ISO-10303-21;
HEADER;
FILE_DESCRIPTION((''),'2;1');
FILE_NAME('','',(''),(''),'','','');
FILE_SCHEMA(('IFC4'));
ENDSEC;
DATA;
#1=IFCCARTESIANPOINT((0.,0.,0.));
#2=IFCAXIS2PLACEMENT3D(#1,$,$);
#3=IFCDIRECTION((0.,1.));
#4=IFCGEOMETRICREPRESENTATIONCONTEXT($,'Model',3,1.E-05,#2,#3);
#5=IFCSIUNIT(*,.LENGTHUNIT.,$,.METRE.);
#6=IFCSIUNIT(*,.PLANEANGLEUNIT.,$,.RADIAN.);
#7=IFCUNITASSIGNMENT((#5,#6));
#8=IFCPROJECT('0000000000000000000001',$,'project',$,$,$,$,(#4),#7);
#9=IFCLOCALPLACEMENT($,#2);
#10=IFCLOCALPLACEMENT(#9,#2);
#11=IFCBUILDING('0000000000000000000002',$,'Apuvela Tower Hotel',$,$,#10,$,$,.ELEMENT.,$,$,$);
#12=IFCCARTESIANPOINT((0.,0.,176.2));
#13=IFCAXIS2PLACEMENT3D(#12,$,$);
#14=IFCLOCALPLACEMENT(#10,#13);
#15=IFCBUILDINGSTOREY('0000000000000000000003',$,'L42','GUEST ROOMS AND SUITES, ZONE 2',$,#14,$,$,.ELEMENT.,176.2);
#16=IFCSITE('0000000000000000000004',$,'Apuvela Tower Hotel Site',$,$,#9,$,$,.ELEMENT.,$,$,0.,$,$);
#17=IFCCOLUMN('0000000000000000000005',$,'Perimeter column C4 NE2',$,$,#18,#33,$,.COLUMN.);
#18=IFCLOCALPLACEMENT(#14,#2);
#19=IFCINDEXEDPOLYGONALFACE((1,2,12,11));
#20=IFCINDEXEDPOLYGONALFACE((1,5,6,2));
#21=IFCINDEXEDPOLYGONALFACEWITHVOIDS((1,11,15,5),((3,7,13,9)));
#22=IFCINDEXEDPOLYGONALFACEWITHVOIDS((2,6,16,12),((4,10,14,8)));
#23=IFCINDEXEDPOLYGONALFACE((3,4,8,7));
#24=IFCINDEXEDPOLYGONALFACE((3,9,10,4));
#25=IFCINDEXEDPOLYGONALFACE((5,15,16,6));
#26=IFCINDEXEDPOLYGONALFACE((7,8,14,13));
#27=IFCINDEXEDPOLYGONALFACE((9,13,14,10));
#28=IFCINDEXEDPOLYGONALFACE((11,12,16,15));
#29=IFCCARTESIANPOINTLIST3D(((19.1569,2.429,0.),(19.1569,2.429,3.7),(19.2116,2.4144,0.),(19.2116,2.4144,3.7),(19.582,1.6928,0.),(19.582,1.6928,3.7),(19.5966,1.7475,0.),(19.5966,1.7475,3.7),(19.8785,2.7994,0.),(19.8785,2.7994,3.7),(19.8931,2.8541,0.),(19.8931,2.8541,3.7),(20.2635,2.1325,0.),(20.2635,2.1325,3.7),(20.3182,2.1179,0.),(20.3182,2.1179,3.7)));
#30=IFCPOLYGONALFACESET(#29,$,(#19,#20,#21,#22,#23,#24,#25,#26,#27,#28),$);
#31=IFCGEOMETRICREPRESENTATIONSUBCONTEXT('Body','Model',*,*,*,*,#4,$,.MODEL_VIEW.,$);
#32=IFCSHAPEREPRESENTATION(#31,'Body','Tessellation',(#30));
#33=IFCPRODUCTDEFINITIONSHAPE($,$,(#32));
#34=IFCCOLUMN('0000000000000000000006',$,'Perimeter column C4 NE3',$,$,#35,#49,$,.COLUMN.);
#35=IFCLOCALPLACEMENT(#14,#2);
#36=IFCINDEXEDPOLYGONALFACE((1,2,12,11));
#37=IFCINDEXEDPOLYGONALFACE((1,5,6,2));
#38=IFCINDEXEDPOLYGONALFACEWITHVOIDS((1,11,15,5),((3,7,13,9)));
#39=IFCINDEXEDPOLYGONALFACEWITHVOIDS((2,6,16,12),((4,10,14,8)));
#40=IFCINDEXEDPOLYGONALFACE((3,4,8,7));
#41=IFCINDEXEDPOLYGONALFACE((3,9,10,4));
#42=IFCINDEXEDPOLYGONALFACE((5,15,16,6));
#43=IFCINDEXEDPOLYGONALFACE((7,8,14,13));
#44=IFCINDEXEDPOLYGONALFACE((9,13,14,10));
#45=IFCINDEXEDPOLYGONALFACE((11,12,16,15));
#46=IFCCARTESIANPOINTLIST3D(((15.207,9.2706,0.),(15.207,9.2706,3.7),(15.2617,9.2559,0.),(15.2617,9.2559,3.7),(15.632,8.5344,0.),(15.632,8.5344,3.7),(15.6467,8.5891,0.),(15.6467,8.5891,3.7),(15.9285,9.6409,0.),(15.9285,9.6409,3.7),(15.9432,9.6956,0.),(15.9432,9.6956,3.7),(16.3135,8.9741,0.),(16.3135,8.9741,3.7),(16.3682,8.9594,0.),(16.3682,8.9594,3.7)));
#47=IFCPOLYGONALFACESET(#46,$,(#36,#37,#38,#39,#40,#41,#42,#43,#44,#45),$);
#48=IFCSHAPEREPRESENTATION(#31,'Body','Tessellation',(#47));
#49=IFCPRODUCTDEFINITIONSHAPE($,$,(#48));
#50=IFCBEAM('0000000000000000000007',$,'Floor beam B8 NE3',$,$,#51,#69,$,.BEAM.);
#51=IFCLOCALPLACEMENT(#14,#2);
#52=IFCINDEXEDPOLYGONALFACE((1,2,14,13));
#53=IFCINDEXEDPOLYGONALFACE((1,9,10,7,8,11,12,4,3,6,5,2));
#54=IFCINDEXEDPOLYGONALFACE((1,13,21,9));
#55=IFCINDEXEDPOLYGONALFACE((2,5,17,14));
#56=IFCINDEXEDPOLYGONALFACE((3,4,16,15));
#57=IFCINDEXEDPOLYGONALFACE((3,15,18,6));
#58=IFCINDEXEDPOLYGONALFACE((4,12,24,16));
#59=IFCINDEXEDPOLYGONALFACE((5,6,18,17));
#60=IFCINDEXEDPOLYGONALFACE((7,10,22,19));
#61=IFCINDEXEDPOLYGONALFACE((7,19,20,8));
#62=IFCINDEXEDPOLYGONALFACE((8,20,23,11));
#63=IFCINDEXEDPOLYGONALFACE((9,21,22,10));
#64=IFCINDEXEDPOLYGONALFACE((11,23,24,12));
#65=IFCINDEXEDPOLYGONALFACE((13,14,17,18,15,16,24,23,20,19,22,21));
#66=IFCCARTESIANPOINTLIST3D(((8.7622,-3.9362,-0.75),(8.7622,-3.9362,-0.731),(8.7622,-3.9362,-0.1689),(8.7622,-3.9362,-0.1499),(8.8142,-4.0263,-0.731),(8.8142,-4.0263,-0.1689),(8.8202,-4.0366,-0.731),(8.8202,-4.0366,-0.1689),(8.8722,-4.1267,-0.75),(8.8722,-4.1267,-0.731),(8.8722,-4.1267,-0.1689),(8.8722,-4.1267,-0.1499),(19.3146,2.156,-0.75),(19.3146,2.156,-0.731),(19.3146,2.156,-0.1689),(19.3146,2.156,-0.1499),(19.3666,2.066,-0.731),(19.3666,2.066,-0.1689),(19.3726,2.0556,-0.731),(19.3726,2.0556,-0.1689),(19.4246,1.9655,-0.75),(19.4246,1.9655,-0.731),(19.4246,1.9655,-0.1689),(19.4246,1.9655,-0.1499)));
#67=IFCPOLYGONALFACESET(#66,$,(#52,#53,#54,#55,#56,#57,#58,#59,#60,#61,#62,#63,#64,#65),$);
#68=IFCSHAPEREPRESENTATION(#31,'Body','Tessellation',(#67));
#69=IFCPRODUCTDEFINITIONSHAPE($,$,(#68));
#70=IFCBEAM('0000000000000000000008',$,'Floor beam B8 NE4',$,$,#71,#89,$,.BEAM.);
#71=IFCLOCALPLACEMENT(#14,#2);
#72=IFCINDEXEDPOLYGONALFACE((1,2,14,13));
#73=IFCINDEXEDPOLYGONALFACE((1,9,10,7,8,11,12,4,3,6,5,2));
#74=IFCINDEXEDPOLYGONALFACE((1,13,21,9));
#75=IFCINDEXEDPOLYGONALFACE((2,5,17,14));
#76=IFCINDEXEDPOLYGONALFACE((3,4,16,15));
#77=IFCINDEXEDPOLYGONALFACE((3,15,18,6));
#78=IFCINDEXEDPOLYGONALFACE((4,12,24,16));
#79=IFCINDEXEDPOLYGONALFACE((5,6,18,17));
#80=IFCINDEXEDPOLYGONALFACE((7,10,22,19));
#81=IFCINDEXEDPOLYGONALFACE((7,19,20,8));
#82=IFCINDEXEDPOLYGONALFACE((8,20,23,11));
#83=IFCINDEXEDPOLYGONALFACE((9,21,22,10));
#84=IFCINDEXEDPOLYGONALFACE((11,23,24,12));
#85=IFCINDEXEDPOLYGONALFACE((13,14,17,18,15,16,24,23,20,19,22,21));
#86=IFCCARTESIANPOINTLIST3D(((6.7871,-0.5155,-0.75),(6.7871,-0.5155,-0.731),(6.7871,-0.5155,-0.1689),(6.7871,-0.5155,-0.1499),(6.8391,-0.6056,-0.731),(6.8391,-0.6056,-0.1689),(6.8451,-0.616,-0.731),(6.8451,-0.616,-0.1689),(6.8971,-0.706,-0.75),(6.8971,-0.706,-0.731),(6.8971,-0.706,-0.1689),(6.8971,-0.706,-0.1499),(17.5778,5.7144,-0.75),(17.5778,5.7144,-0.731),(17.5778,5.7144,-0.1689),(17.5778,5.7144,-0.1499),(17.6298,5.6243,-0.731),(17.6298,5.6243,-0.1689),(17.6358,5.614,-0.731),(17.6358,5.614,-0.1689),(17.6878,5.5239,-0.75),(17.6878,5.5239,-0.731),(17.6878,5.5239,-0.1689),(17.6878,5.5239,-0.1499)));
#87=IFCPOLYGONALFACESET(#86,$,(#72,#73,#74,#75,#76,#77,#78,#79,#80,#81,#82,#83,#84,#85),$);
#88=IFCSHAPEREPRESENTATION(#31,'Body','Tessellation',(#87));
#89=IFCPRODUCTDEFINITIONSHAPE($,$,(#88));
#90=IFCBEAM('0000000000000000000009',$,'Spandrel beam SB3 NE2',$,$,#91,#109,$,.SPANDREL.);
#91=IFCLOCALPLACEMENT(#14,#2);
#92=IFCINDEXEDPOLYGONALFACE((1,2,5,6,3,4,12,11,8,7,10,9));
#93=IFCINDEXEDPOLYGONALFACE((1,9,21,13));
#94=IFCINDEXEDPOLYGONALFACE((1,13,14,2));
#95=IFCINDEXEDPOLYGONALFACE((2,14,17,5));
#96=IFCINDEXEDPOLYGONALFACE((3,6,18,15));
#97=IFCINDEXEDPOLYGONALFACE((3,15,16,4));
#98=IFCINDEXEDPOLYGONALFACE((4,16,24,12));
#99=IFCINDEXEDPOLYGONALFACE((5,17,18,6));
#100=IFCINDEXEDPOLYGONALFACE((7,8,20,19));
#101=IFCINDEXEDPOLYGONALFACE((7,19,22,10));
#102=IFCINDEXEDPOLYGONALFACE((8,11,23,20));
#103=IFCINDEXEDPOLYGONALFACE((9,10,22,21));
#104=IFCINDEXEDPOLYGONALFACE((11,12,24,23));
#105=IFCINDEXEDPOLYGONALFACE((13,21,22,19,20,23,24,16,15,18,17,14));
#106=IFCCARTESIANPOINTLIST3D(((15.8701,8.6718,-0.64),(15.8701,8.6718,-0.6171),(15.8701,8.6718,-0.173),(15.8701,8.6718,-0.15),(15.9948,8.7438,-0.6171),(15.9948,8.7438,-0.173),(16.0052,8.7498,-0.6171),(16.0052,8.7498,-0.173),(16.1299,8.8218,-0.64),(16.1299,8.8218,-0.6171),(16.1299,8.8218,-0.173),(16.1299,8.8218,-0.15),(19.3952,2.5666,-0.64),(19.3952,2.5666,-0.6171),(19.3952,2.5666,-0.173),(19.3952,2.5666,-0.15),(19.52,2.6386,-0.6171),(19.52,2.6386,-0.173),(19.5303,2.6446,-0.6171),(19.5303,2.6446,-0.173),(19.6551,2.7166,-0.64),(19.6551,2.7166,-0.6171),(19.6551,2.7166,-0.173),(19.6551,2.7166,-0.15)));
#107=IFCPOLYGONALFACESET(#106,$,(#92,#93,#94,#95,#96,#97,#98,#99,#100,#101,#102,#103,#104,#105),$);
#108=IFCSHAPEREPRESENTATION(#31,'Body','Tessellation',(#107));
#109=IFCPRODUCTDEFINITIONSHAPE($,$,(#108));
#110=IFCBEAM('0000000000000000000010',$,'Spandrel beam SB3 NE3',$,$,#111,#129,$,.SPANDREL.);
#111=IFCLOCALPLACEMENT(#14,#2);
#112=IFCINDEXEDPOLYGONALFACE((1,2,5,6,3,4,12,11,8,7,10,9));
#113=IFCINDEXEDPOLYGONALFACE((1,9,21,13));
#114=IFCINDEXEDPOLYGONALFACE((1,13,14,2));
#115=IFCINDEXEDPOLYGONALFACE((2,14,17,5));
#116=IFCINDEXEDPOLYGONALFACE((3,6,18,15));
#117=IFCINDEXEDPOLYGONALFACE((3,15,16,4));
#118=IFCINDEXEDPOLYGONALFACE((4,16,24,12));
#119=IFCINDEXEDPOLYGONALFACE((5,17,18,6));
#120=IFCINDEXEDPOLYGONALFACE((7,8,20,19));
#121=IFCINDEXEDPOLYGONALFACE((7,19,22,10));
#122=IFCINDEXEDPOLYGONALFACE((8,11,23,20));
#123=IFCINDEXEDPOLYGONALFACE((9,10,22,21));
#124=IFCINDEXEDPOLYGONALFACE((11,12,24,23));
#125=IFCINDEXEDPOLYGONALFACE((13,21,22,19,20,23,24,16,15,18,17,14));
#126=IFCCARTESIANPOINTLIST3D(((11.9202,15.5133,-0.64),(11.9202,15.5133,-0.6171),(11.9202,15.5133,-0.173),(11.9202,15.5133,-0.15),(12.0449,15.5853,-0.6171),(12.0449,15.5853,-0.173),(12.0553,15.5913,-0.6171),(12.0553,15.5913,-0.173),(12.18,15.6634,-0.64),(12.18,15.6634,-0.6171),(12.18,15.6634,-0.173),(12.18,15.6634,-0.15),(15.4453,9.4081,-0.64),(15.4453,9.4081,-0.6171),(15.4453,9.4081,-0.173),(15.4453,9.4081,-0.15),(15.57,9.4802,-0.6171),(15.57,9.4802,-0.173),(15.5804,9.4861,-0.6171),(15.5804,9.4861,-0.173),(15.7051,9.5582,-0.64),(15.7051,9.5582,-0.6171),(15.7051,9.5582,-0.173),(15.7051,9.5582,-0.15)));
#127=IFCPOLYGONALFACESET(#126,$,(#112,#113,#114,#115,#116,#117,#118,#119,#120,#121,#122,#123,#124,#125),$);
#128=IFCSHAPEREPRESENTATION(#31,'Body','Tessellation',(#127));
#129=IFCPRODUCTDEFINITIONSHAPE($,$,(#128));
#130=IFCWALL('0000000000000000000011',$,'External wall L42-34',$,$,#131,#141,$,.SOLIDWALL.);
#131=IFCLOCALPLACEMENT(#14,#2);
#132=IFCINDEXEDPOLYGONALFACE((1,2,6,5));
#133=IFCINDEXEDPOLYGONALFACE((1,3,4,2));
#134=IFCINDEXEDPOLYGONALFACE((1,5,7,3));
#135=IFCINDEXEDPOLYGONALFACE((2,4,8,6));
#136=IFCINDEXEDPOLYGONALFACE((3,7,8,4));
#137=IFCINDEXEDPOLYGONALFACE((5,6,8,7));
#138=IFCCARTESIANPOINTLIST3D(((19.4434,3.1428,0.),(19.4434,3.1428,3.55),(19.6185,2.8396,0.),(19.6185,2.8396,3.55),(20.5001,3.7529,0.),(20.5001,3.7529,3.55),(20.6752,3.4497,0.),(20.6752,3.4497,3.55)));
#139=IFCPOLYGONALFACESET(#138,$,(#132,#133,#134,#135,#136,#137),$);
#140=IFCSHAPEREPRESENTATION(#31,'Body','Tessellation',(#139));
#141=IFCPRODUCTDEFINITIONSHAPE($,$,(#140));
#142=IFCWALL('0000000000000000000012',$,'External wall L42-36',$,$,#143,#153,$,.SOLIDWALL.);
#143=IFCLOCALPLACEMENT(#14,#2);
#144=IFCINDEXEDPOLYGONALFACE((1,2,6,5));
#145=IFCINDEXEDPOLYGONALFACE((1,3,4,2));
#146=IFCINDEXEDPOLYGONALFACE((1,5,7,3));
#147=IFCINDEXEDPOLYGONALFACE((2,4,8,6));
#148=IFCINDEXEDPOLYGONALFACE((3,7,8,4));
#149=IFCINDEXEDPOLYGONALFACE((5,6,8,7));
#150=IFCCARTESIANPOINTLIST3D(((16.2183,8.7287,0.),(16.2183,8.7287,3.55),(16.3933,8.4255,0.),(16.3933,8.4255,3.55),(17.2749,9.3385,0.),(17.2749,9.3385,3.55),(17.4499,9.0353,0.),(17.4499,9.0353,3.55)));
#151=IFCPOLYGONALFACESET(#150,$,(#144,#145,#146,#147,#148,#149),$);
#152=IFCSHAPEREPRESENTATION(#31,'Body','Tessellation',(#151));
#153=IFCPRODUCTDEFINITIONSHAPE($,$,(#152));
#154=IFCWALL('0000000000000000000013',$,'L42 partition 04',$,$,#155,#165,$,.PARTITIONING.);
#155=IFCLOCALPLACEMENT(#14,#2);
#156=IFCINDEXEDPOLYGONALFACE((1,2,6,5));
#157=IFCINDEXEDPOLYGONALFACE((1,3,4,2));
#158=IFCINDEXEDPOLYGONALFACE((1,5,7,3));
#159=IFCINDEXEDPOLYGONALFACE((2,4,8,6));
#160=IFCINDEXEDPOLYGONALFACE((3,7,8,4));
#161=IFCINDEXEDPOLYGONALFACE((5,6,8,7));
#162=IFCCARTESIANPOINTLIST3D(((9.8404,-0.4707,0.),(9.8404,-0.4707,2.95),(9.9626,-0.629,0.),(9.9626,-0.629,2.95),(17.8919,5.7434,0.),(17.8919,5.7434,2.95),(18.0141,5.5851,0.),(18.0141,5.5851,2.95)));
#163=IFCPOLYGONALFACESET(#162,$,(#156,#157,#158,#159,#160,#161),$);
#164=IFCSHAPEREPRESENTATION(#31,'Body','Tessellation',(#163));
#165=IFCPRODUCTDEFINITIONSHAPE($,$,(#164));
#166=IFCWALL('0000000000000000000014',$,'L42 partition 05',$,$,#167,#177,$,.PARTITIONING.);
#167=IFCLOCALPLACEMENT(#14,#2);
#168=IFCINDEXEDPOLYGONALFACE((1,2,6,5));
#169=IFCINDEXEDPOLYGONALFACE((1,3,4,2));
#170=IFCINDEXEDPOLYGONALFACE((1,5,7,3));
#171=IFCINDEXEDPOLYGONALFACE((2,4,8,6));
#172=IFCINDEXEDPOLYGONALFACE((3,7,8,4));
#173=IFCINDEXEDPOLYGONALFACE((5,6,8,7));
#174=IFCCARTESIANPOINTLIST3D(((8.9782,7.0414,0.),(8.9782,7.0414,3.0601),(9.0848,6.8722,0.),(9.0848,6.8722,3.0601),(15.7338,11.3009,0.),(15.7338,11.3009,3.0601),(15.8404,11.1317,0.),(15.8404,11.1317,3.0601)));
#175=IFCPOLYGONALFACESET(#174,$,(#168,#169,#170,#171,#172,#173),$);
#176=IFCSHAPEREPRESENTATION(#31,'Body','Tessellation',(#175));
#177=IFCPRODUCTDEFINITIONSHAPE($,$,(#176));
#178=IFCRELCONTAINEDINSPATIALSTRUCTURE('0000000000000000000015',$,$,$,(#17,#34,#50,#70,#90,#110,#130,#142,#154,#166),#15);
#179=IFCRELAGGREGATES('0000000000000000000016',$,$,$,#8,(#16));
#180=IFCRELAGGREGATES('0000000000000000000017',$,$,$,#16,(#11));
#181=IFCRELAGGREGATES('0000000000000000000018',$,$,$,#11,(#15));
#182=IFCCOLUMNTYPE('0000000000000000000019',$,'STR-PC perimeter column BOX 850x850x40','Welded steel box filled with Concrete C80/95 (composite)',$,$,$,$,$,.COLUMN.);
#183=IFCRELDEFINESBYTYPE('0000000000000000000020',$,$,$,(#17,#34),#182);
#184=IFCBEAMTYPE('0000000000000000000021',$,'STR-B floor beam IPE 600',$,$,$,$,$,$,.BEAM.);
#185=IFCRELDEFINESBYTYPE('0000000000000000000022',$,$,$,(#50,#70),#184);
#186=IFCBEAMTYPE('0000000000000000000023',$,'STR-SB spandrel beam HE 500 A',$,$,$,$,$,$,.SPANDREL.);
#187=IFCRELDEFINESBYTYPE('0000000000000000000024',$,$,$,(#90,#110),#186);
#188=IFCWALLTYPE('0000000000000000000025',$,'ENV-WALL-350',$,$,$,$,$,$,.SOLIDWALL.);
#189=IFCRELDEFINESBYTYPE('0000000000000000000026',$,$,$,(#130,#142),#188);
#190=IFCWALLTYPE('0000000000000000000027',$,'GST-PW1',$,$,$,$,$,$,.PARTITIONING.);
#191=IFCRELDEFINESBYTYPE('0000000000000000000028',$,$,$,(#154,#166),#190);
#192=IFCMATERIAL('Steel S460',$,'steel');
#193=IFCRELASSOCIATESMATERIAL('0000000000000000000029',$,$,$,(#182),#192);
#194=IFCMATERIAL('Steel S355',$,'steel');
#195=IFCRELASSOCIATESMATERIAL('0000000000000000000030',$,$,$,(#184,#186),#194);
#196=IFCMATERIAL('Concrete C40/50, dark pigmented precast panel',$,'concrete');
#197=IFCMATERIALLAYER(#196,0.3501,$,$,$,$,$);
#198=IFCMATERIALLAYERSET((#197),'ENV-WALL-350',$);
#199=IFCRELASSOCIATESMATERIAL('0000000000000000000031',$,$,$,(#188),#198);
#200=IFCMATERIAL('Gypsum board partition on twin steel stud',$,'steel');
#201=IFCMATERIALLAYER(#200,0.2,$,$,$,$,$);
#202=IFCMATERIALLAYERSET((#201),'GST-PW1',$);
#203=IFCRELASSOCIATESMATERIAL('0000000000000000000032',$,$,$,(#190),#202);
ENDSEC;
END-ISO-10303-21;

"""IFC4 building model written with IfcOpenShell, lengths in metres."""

from ifc_helpers import new_model, si_unit, direction, frame, frame_2d, origin, origin_2d, place, context, subcontext, project, spatial, rectangle, hollow_rectangle, i_section, extrude, material, layer, layer_set, material_profile, profile_set, type_object, element, save


model = new_model("IFC4")

# Units and contexts
model_context = context("Model", 3, precision=1e-05, world=origin(), true_north=direction((0.0, 1.0)))
body_context = subcontext(model_context, "Body", "Model", "MODEL_VIEW")
ifc_project = project(units=[si_unit("LENGTHUNIT", "METRE"), si_unit("PLANEANGLEUNIT", "RADIAN")], contexts=[model_context])

# Site, building, storey
site_placement = place(None, origin())
site = spatial("IfcSite", under=ifc_project, at=site_placement, Name="Apuvela Tower Hotel Site", CompositionType="ELEMENT", RefElevation=0.0)
building_placement = place(site_placement, origin())
building = spatial("IfcBuilding", under=site, at=building_placement, Name="Apuvela Tower Hotel", CompositionType="ELEMENT")
storey_placement = place(building_placement, frame((0.0, 0.0, 176.2)))
storey = spatial("IfcBuildingStorey", under=building, at=storey_placement, Name="L42", Description="GUEST ROOMS AND SUITES, ZONE 2", CompositionType="ELEMENT", Elevation=176.2)

# Columns
ifc_material_1 = material(Name="Steel S460", Category="steel")
ifc_material_profile_1 = material_profile(ifc_material_1, hollow_rectangle(XDim=0.8501, YDim=0.8501, WallThickness=0.04, at=origin_2d()), Name="BOX 850x850x40")
ifc_material_2 = material(Name="Concrete C80/95", Category="concrete")
ifc_material_profile_2 = material_profile(ifc_material_2, rectangle(XDim=0.77, YDim=0.77, at=origin_2d()), Name="Concrete C80/95 infill")
ifc_profile_set_1 = profile_set([ifc_material_profile_1, ifc_material_profile_2], Name="Steel S460")
column_type = type_object("IfcColumnType", Name="STR-PC perimeter column BOX 850x850x40", Description="Welded steel box filled with Concrete C80/95 (composite)", PredefinedType="COLUMN", material=ifc_profile_set_1)
for number, where, z_axis, x_axis, name in (
    (1, (19.7375, 2.2734, 0.0), (0.0, 0.0, 1.0), (-0.5, 0.866025, 0.0), "Perimeter column C4 NE2"),
    (2, (15.7876, 9.115, 0.0), (0.0, 0.0, 1.0), (-0.5, 0.866025, 0.0), "Perimeter column C4 NE3"),
):
    element("IfcColumn", number, at=place(storey_placement, frame(where, z_axis=z_axis, x_axis=x_axis)), inside=storey, type_object=column_type, Name=name, PredefinedType="COLUMN", context=body_context, shape_type="SweptSolid", body=[
        extrude(hollow_rectangle(XDim=0.8501, YDim=0.8501, WallThickness=0.04, at=origin_2d()), origin(), (0.0, 0.0, 1.0), 3.7),
    ])

# Beams
ifc_material_3 = material(Name="Steel S355", Category="steel")
ifc_material_profile_3 = material_profile(ifc_material_3, i_section(OverallWidth=0.22, OverallDepth=0.6001, WebThickness=0.012, FlangeThickness=0.019, at=origin_2d()), Name="IPE 600")
ifc_profile_set_2 = profile_set([ifc_material_profile_3], Name="Steel S355")
beam_type_1 = type_object("IfcBeamType", Name="STR-B floor beam IPE 600", PredefinedType="BEAM", material=ifc_profile_set_2)
beam_1_placement = place(storey_placement, frame((19.3696, 2.0608, -0.45), z_axis=(-0.866032, -0.499988, 0.0), x_axis=(0.499988, -0.866032, 0.0)))
element("IfcBeam", 3, at=beam_1_placement, inside=storey, type_object=beam_type_1, Name="Floor beam B8 NE3", PredefinedType="BEAM", context=body_context, shape_type="SweptSolid", body=[
    extrude(i_section(OverallWidth=0.22, OverallDepth=0.6001, WebThickness=0.012, FlangeThickness=0.019, at=origin_2d()), origin(), (0.0, 0.0, 1.0), 12.1848),
])
beam_2_placement = place(storey_placement, frame((17.6328, 5.6191, -0.45), z_axis=(-0.866028, -0.499996, 0.0), x_axis=(0.499996, -0.866028, 0.0)))
element("IfcBeam", 4, at=beam_2_placement, inside=storey, type_object=beam_type_1, Name="Floor beam B8 NE4", PredefinedType="BEAM", context=body_context, shape_type="SweptSolid", body=[
    extrude(i_section(OverallWidth=0.22, OverallDepth=0.6001, WebThickness=0.012, FlangeThickness=0.019, at=origin_2d()), origin(), (0.0, 0.0, 1.0), 12.46),
])
ifc_material_profile_4 = material_profile(ifc_material_3, i_section(OverallWidth=0.3, OverallDepth=0.49, WebThickness=0.012, FlangeThickness=0.0229, at=origin_2d()), Name="HE 500 A")
ifc_profile_set_3 = profile_set([ifc_material_profile_4], Name="Steel S355")
beam_type_2 = type_object("IfcBeamType", Name="STR-SB spandrel beam HE 500 A", PredefinedType="SPANDREL", material=ifc_profile_set_3)
for number, where, z_axis, x_axis, name in (
    (5, (19.5251, 2.6416, -0.395), (-0.500031, 0.866007, 0.0), (-0.866007, -0.500031, 0.0), "Spandrel beam SB3 NE2"),
    (6, (15.5752, 9.4832, -0.395), (-0.500031, 0.866007, 0.0), (-0.866007, -0.500031, 0.0), "Spandrel beam SB3 NE3"),
):
    element("IfcBeam", number, at=place(storey_placement, frame(where, z_axis=z_axis, x_axis=x_axis)), inside=storey, type_object=beam_type_2, Name=name, PredefinedType="SPANDREL", context=body_context, shape_type="SweptSolid", body=[
        extrude(i_section(OverallWidth=0.3, OverallDepth=0.49, WebThickness=0.012, FlangeThickness=0.0229, at=origin_2d()), origin(), (0.0, 0.0, 1.0), 7.0498),
    ])

# Wall
ifc_material_4 = material(Name="Concrete C40/50, dark pigmented precast panel", Category="concrete")
ifc_layer_1 = layer(ifc_material_4, 0.3501)
ifc_layer_set_1 = layer_set([ifc_layer_1], Name="ENV-WALL-350")
wall_type_1 = type_object("IfcWallType", Name="ENV-WALL-350", PredefinedType="SOLIDWALL", material=ifc_layer_set_1)
wall_1_placement = place(storey_placement, frame((20.5876, 3.6013, 0.0), z_axis=(0.0, 0.0, 1.0), x_axis=(-0.866006, -0.500034, 0.0)))
element("IfcWall", 7, at=wall_1_placement, inside=storey, type_object=wall_type_1, Name="External wall L42-34", PredefinedType="SOLIDWALL", context=body_context, shape_type="SweptSolid", body=[
    extrude(rectangle(XDim=1.2202, YDim=0.3501, at=frame_2d((0.6101, 0.0))), origin(), (0.0, 0.0, 1.0), 3.55),
])

# Wall
wall_2_placement = place(storey_placement, frame((16.3059, 8.5771, 0.0), z_axis=(0.0, 0.0, 1.0), x_axis=(0.866092, 0.499884, 0.0)))
element("IfcWall", 8, at=wall_2_placement, inside=storey, type_object=wall_type_1, Name="External wall L42-36", PredefinedType="SOLIDWALL", context=body_context, shape_type="SweptSolid", body=[
    extrude(rectangle(XDim=1.22, YDim=0.3501, at=frame_2d((0.6099, 0.0))), origin(), (0.0, 0.0, 1.0), 3.55),
])

# Walls
ifc_material_5 = material(Name="Gypsum board partition on twin steel stud", Category="steel")
ifc_layer_2 = layer(ifc_material_5, 0.2)
ifc_layer_set_2 = layer_set([ifc_layer_2], Name="GST-PW1")
wall_type_2 = type_object("IfcWallType", Name="GST-PW1", PredefinedType="PARTITIONING", material=ifc_layer_set_2)
wall_3_placement = place(storey_placement, frame((17.9531, 5.6643, 0.0), z_axis=(0.0, 0.0, 1.0), x_axis=(-0.791642, -0.610985, 0.0)))
element("IfcWall", 9, at=wall_3_placement, inside=storey, type_object=wall_type_2, Name="L42 partition 04", PredefinedType="PARTITIONING", context=body_context, shape_type="SweptSolid", body=[
    extrude(rectangle(XDim=10.1707, YDim=0.2, at=frame_2d((5.0854, 0.0))), origin(), (0.0, 0.0, 1.0), 2.95),
])
wall_4_placement = place(storey_placement, frame((15.7871, 11.2163, 0.0), z_axis=(0.0, 0.0, 1.0), x_axis=(-0.845895, -0.53335, 0.0)))
element("IfcWall", 10, at=wall_4_placement, inside=storey, type_object=wall_type_2, Name="L42 partition 05", PredefinedType="PARTITIONING", context=body_context, shape_type="SweptSolid", body=[
    extrude(rectangle(XDim=7.9863, YDim=0.2, at=frame_2d((3.9932, 0.0))), origin(), (0.0, 0.0, 1.0), 3.0601),
])

save(model, "model.ifc")
